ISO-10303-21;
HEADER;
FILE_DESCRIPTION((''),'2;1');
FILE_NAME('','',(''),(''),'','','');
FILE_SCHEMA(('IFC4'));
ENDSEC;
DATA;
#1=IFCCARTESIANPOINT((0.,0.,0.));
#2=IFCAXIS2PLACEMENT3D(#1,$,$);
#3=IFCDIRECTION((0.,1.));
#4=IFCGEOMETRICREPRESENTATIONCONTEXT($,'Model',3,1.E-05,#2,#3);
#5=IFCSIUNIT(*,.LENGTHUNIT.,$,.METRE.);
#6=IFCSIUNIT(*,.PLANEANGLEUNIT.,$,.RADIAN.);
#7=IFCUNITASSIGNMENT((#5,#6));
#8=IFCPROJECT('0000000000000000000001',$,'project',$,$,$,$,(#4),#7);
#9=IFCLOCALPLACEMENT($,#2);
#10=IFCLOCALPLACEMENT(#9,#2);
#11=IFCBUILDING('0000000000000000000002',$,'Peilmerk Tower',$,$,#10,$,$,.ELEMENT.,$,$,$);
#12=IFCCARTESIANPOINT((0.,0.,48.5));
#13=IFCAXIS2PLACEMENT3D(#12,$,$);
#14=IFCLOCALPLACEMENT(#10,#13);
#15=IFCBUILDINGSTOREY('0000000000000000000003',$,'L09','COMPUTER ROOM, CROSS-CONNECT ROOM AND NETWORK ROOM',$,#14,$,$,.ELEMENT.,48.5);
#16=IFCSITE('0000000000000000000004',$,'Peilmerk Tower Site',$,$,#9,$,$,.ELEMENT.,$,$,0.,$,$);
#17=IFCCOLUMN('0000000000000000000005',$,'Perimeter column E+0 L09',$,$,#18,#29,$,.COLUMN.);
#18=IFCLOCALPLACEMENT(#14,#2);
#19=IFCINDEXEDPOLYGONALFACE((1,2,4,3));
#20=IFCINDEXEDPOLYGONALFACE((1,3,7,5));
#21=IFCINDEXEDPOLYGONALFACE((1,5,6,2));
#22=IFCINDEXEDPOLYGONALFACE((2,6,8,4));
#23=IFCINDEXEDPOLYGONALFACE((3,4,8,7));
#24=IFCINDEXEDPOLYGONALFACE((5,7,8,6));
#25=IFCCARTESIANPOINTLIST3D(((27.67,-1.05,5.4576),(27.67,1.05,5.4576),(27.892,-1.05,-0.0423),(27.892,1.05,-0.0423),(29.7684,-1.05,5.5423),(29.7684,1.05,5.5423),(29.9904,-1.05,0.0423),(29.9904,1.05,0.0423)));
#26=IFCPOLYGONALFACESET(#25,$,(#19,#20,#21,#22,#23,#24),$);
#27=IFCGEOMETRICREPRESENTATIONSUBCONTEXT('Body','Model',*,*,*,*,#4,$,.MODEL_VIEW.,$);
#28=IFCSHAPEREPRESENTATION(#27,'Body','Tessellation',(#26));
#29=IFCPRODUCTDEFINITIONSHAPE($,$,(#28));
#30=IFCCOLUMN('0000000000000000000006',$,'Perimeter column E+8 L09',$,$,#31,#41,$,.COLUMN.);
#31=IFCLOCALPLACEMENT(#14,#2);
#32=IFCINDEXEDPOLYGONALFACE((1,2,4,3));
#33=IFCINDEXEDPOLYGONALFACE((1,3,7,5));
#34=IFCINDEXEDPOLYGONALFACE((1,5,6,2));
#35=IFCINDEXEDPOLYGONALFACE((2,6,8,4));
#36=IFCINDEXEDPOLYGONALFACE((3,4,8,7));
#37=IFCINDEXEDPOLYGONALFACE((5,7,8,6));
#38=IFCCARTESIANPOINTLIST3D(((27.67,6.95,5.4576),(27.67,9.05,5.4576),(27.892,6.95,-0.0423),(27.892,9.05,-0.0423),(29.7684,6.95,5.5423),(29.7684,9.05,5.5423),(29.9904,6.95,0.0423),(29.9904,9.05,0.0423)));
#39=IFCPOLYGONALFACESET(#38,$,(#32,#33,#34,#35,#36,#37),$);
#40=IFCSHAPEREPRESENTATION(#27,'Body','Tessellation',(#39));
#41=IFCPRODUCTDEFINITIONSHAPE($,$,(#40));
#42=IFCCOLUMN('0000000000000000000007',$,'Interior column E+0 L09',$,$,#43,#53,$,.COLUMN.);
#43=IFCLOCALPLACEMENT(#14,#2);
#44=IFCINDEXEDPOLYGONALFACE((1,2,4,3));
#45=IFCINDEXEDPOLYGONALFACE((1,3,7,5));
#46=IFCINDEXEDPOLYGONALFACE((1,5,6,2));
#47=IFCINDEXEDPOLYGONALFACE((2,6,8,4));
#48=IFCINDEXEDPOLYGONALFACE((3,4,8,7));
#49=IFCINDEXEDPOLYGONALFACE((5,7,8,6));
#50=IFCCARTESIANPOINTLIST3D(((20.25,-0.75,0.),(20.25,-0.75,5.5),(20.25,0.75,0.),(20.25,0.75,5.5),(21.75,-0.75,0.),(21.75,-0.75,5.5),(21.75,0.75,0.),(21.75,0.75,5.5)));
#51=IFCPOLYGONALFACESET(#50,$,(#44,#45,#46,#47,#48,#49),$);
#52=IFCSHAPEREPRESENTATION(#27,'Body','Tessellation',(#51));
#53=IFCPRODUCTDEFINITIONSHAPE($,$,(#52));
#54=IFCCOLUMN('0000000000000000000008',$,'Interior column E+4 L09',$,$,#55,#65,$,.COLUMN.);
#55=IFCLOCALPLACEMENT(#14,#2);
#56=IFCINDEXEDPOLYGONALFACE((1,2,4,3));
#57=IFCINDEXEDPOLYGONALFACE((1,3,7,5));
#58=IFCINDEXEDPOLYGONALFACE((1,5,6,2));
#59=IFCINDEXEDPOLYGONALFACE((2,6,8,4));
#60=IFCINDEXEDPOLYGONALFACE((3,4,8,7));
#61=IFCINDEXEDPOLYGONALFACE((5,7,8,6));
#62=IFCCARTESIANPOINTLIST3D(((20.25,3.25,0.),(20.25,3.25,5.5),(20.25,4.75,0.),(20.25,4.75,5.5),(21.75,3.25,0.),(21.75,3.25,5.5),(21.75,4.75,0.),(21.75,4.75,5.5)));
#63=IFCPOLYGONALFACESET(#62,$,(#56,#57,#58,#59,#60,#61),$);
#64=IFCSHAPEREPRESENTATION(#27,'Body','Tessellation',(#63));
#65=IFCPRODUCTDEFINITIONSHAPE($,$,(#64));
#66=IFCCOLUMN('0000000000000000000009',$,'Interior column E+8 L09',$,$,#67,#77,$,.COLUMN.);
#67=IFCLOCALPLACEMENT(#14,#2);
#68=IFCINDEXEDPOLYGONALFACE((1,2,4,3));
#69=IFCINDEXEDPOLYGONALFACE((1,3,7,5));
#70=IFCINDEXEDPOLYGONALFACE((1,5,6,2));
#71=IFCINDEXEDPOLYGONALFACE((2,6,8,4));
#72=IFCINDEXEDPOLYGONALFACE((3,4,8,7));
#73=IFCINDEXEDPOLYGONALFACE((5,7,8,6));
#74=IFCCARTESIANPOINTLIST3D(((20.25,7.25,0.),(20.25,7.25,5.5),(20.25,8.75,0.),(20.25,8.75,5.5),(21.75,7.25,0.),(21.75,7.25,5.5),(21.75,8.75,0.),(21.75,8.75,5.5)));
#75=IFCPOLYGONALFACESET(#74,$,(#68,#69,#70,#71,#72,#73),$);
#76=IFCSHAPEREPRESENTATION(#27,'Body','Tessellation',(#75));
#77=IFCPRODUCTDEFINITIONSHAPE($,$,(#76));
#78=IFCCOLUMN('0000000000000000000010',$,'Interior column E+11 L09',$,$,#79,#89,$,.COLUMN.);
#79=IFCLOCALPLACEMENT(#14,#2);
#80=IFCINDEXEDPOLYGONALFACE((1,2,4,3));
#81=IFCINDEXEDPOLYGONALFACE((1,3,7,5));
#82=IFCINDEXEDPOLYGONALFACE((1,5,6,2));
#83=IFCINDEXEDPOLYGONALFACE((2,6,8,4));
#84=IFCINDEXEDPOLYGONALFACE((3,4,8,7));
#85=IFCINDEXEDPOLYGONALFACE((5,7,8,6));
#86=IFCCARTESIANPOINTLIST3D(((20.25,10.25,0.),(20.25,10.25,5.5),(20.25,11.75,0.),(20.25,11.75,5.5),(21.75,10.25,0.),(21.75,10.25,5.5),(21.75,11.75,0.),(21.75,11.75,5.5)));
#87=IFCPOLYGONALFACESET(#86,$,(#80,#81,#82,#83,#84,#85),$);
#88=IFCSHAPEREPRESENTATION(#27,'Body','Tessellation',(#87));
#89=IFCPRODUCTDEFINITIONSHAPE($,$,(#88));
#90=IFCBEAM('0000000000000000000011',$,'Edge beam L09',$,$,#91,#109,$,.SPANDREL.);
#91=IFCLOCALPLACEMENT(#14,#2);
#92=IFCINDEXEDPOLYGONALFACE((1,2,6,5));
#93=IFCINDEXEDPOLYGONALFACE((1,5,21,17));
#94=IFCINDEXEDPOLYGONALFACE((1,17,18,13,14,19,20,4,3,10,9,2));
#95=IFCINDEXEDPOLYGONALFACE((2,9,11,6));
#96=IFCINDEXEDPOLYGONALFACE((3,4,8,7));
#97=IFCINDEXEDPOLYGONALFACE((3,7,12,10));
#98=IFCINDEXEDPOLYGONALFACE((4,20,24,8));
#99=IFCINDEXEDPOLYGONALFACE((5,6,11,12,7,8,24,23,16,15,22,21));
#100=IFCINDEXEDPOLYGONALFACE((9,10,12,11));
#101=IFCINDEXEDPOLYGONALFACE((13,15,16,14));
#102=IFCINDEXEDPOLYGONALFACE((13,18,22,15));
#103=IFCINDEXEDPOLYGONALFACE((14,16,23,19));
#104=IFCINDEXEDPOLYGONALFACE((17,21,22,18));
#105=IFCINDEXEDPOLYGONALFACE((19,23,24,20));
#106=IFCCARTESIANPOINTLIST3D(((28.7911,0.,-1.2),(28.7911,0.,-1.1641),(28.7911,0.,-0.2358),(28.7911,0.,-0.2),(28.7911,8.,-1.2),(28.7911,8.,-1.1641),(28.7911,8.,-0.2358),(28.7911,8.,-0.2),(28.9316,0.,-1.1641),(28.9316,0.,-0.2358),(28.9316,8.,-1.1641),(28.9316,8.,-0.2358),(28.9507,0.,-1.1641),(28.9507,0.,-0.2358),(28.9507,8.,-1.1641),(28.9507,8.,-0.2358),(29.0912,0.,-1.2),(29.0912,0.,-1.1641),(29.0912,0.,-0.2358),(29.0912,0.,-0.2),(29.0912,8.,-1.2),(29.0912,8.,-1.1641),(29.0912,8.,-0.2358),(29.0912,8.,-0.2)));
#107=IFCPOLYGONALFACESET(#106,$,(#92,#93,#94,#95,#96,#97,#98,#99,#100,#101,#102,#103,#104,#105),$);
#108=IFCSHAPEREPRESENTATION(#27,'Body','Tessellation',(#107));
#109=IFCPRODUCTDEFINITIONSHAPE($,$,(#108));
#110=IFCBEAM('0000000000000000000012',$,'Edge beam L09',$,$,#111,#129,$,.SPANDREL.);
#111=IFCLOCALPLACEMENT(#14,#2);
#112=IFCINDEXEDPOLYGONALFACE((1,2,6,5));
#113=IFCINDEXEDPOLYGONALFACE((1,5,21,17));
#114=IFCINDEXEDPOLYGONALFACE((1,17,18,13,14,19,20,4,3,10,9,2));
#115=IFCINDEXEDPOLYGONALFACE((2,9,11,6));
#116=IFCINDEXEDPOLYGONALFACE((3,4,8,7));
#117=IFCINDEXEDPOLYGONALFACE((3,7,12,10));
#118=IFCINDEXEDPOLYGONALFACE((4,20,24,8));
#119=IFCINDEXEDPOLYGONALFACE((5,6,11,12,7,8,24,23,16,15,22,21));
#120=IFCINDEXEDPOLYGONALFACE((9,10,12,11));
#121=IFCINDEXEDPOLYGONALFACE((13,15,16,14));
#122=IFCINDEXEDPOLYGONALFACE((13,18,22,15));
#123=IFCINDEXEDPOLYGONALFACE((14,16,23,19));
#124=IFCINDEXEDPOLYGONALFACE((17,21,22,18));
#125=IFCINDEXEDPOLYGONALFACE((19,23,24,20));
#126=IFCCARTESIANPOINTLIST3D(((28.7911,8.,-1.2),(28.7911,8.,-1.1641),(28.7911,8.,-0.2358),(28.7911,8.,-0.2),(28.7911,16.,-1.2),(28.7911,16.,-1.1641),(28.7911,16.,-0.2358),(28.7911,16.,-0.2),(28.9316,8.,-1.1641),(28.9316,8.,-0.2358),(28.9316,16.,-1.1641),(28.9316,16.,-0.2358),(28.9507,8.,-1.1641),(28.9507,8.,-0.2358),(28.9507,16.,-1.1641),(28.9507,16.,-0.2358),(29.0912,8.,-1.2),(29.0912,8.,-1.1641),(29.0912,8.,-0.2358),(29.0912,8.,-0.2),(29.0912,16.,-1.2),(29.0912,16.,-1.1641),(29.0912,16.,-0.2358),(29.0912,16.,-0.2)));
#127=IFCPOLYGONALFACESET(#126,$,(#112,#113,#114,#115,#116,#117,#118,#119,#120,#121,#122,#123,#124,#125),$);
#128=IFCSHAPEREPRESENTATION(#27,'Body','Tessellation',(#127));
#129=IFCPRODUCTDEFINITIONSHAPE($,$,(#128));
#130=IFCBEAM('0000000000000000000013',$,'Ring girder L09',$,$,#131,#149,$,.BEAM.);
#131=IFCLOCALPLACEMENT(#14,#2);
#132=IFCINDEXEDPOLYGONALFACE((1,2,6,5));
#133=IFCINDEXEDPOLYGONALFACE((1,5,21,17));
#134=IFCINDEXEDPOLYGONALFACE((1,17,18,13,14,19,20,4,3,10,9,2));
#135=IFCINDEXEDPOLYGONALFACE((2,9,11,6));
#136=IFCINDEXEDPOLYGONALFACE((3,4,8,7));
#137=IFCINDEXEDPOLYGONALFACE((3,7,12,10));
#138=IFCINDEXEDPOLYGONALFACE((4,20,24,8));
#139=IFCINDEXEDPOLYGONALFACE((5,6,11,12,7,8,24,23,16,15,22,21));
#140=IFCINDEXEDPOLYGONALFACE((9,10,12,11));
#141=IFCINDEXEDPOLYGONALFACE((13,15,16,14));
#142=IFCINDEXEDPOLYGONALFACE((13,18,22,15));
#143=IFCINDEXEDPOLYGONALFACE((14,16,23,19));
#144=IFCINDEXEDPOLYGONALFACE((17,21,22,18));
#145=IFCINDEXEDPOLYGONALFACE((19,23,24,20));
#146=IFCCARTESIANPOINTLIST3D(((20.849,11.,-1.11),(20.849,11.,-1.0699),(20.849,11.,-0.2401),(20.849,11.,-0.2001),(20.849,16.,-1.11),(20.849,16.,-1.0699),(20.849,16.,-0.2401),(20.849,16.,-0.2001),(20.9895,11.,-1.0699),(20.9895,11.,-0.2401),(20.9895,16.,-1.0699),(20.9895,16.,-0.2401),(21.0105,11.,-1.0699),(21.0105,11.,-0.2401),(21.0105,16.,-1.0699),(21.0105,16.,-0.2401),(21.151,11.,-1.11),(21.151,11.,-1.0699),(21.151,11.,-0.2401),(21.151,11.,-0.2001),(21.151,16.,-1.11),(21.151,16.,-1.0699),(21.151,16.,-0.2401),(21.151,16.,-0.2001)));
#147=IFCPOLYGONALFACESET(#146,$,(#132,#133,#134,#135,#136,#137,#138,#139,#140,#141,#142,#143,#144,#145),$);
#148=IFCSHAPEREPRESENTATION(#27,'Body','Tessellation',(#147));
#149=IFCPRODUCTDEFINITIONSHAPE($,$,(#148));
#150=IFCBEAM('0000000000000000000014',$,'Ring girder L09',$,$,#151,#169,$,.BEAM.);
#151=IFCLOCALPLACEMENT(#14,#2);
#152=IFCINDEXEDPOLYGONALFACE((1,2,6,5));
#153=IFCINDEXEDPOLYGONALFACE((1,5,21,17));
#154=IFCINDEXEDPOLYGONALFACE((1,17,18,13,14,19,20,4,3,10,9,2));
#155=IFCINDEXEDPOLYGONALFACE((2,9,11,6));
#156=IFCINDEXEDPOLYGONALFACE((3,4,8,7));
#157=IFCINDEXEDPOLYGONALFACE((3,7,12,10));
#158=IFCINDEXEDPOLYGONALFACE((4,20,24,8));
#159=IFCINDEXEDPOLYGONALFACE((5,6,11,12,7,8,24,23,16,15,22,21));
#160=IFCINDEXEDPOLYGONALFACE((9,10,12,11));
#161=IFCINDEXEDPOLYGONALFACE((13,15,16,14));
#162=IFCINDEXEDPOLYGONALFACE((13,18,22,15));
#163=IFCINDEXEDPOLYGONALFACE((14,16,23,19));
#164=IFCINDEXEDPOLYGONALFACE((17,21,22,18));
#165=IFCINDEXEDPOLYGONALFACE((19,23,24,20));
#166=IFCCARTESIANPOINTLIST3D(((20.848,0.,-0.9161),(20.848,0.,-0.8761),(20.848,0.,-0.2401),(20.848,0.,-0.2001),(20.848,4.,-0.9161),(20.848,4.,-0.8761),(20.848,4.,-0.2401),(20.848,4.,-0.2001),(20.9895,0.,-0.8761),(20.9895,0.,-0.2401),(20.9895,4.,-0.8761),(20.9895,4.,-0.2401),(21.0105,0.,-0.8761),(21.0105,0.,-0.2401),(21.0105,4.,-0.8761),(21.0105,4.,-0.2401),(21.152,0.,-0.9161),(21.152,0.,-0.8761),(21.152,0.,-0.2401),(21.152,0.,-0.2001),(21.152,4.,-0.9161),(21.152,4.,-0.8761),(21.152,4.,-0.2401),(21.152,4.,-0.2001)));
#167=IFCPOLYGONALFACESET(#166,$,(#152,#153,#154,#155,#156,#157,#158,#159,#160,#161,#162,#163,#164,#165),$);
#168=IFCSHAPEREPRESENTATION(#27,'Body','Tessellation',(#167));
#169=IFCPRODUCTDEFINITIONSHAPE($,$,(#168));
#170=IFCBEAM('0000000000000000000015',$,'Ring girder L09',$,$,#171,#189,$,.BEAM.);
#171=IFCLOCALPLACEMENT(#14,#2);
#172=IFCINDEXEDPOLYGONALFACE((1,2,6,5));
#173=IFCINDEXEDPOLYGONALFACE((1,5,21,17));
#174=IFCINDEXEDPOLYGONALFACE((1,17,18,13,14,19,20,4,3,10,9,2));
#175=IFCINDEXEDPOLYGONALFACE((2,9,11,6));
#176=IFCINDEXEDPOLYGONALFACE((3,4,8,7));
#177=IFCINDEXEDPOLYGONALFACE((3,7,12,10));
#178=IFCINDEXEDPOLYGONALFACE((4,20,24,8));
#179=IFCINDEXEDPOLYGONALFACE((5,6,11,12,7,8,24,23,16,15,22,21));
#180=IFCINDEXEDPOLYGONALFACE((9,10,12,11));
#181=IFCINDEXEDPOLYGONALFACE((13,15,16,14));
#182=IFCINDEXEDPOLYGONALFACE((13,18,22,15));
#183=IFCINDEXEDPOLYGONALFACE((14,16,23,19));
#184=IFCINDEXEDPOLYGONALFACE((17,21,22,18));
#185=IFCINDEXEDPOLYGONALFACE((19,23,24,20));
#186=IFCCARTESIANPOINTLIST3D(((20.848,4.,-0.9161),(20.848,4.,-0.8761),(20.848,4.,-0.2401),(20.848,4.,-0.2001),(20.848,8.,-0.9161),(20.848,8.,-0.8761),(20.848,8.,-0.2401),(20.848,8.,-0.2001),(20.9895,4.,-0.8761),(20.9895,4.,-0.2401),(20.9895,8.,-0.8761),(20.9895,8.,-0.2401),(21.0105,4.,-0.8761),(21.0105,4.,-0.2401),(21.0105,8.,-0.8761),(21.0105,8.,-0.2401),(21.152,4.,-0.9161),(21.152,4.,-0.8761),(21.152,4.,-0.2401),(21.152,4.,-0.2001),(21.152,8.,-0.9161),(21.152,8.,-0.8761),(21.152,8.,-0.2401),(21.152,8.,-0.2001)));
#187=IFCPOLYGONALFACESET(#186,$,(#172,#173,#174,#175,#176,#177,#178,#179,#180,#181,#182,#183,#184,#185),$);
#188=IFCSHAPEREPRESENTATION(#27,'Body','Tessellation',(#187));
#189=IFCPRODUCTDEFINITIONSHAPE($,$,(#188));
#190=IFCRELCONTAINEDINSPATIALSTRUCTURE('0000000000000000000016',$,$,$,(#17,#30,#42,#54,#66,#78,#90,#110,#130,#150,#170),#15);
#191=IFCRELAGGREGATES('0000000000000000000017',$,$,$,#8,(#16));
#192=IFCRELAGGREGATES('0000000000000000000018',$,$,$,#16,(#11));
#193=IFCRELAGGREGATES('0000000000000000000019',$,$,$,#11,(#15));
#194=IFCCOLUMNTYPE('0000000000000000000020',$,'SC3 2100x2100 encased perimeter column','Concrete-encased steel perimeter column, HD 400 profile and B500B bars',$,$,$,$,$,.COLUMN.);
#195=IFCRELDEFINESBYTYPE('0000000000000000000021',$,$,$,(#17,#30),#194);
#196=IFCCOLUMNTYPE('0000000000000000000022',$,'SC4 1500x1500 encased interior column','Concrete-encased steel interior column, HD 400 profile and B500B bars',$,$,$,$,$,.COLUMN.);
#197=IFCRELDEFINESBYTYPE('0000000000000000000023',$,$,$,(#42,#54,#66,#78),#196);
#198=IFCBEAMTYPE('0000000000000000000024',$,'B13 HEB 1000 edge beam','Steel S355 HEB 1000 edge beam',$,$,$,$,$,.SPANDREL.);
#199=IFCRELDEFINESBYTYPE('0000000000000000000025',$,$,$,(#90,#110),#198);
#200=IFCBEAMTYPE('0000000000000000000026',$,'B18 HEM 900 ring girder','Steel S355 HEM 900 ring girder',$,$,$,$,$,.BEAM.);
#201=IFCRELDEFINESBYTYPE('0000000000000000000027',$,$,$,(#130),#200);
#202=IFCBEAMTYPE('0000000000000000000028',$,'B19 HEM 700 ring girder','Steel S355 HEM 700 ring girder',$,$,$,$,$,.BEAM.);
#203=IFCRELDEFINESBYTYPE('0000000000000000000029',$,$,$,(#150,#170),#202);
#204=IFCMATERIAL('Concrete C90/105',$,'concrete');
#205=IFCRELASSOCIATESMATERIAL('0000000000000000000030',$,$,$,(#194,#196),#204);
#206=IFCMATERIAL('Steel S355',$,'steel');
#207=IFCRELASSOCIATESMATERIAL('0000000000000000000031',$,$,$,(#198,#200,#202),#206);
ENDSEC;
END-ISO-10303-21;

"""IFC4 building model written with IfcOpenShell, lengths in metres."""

from ifc_helpers import new_model, si_unit, direction, frame, origin, origin_2d, place, context, subcontext, project, spatial, rectangle, i_section, extrude, material, material_profile, profile_set, type_object, element, save


model = new_model("IFC4")

# Units and contexts
model_context = context("Model", 3, precision=1e-05, world=origin(), true_north=direction((0.0, 1.0)))
body_context = subcontext(model_context, "Body", "Model", "MODEL_VIEW")
ifc_project = project(units=[si_unit("LENGTHUNIT", "METRE"), si_unit("PLANEANGLEUNIT", "RADIAN")], contexts=[model_context])

# Site, building, storey
site_placement = place(None, origin())
site = spatial("IfcSite", under=ifc_project, at=site_placement, Name="Peilmerk Tower Site", CompositionType="ELEMENT", RefElevation=0.0)
building_placement = place(site_placement, origin())
building = spatial("IfcBuilding", under=site, at=building_placement, Name="Peilmerk Tower", CompositionType="ELEMENT")
storey_placement = place(building_placement, frame((0.0, 0.0, 48.5)))
storey = spatial("IfcBuildingStorey", under=building, at=storey_placement, Name="L09", Description="COMPUTER ROOM, CROSS-CONNECT ROOM AND NETWORK ROOM", CompositionType="ELEMENT", Elevation=48.5)

# Columns
ifc_material_1 = material(Name="Concrete C90/105", Category="concrete")
ifc_material_profile_1 = material_profile(ifc_material_1, rectangle(XDim=2.1001, YDim=2.1001, at=origin_2d()), Name="RC 2100x2100")
ifc_profile_set_1 = profile_set([ifc_material_profile_1], Name="Concrete C90/105")
column_type_1 = type_object("IfcColumnType", Name="SC3 2100x2100 encased perimeter column", Description="Concrete-encased steel perimeter column, HD 400 profile and B500B bars", PredefinedType="COLUMN", material=ifc_profile_set_1)
for number, where, z_axis, x_axis, name in (
    (1, (28.9412, 0.0, 0.0), (-0.040317, 0.0, 0.999187), (0.0, -1.0, 0.0), "Perimeter column E+0 L09"),
    (2, (28.9412, 8.0, 0.0), (-0.040317, 0.0, 0.999187), (0.0, -1.0, 0.0), "Perimeter column E+8 L09"),
):
    element("IfcColumn", number, at=place(storey_placement, frame(where, z_axis=z_axis, x_axis=x_axis)), inside=storey, type_object=column_type_1, Name=name, PredefinedType="COLUMN", context=body_context, shape_type="SweptSolid", body=[
        extrude(rectangle(XDim=2.1001, YDim=2.1001, at=origin_2d()), origin(), (0.0, 0.0, 1.0), 5.5044),
    ])
ifc_material_profile_2 = material_profile(ifc_material_1, rectangle(XDim=1.5, YDim=1.5, at=origin_2d()), Name="RC 1500x1500")
ifc_profile_set_2 = profile_set([ifc_material_profile_2], Name="Concrete C90/105")
column_type_2 = type_object("IfcColumnType", Name="SC4 1500x1500 encased interior column", Description="Concrete-encased steel interior column, HD 400 profile and B500B bars", PredefinedType="COLUMN", material=ifc_profile_set_2)
for number, where, z_axis, x_axis, name in (
    (3, (21.0, 0.0, 0.0), (0.0, 0.0, 1.0), (1.0, 0.0, 0.0), "Interior column E+0 L09"),
    (4, (21.0, 4.0, 0.0), (0.0, 0.0, 1.0), (1.0, 0.0, 0.0), "Interior column E+4 L09"),
    (5, (21.0, 8.0, 0.0), (0.0, 0.0, 1.0), (1.0, 0.0, 0.0), "Interior column E+8 L09"),
    (6, (21.0, 11.0, 0.0), (0.0, 0.0, 1.0), (1.0, 0.0, 0.0), "Interior column E+11 L09"),
):
    element("IfcColumn", number, at=place(storey_placement, frame(where, z_axis=z_axis, x_axis=x_axis)), inside=storey, type_object=column_type_2, Name=name, PredefinedType="COLUMN", context=body_context, shape_type="SweptSolid", body=[
        extrude(rectangle(XDim=1.5, YDim=1.5, at=origin_2d()), origin(), (0.0, 0.0, 1.0), 5.5),
    ])

# Beams
ifc_material_2 = material(Name="Steel S355", Category="steel")
ifc_material_profile_3 = material_profile(ifc_material_2, i_section(OverallWidth=0.3, OverallDepth=1.0, WebThickness=0.019, FlangeThickness=0.0359, at=origin_2d()), Name="HEB 1000")
ifc_profile_set_3 = profile_set([ifc_material_profile_3], Name="Steel S355")
beam_type_1 = type_object("IfcBeamType", Name="B13 HEB 1000 edge beam", Description="Steel S355 HEB 1000 edge beam", PredefinedType="SPANDREL", material=ifc_profile_set_3)
for number, where, z_axis, x_axis, name in (
    (7, (28.9412, 0.0, -0.7), (0.0, 1.0, 0.0), (-1.0, 0.0, 0.0), "Edge beam L09"),
    (8, (28.9412, 8.0, -0.7), (0.0, 1.0, 0.0), (-1.0, 0.0, 0.0), "Edge beam L09"),
):
    element("IfcBeam", number, at=place(storey_placement, frame(where, z_axis=z_axis, x_axis=x_axis)), inside=storey, type_object=beam_type_1, Name=name, PredefinedType="SPANDREL", context=body_context, shape_type="SweptSolid", body=[
        extrude(i_section(OverallWidth=0.3, OverallDepth=1.0, WebThickness=0.019, FlangeThickness=0.0359, at=origin_2d()), origin(), (0.0, 0.0, 1.0), 8.0),
    ])
ifc_material_profile_4 = material_profile(ifc_material_2, i_section(OverallWidth=0.302, OverallDepth=0.9099, WebThickness=0.021, FlangeThickness=0.04, at=origin_2d()), Name="HEM 900")
ifc_profile_set_4 = profile_set([ifc_material_profile_4], Name="Steel S355")
beam_type_2 = type_object("IfcBeamType", Name="B18 HEM 900 ring girder", Description="Steel S355 HEM 900 ring girder", PredefinedType="BEAM", material=ifc_profile_set_4)
beam_1_placement = place(storey_placement, frame((21.0, 11.0, -0.655), z_axis=(0.0, 1.0, 0.0), x_axis=(-1.0, 0.0, 0.0)))
element("IfcBeam", 9, at=beam_1_placement, inside=storey, type_object=beam_type_2, Name="Ring girder L09", PredefinedType="BEAM", context=body_context, shape_type="SweptSolid", body=[
    extrude(i_section(OverallWidth=0.302, OverallDepth=0.9099, WebThickness=0.021, FlangeThickness=0.04, at=origin_2d()), origin(), (0.0, 0.0, 1.0), 5.0),
])
ifc_material_profile_5 = material_profile(ifc_material_2, i_section(OverallWidth=0.304, OverallDepth=0.7161, WebThickness=0.021, FlangeThickness=0.04, at=origin_2d()), Name="HEM 700")
ifc_profile_set_5 = profile_set([ifc_material_profile_5], Name="Steel S355")
beam_type_3 = type_object("IfcBeamType", Name="B19 HEM 700 ring girder", Description="Steel S355 HEM 700 ring girder", PredefinedType="BEAM", material=ifc_profile_set_5)
for number, where, z_axis, x_axis, name in (
    (10, (21.0, 0.0, -0.5581), (0.0, 1.0, 0.0), (-1.0, 0.0, 0.0), "Ring girder L09"),
    (11, (21.0, 4.0, -0.5581), (0.0, 1.0, 0.0), (-1.0, 0.0, 0.0), "Ring girder L09"),
):
    element("IfcBeam", number, at=place(storey_placement, frame(where, z_axis=z_axis, x_axis=x_axis)), inside=storey, type_object=beam_type_3, Name=name, PredefinedType="BEAM", context=body_context, shape_type="SweptSolid", body=[
        extrude(i_section(OverallWidth=0.304, OverallDepth=0.7161, WebThickness=0.021, FlangeThickness=0.04, at=origin_2d()), origin(), (0.0, 0.0, 1.0), 4.0),
    ])

save(model, "model.ifc")
